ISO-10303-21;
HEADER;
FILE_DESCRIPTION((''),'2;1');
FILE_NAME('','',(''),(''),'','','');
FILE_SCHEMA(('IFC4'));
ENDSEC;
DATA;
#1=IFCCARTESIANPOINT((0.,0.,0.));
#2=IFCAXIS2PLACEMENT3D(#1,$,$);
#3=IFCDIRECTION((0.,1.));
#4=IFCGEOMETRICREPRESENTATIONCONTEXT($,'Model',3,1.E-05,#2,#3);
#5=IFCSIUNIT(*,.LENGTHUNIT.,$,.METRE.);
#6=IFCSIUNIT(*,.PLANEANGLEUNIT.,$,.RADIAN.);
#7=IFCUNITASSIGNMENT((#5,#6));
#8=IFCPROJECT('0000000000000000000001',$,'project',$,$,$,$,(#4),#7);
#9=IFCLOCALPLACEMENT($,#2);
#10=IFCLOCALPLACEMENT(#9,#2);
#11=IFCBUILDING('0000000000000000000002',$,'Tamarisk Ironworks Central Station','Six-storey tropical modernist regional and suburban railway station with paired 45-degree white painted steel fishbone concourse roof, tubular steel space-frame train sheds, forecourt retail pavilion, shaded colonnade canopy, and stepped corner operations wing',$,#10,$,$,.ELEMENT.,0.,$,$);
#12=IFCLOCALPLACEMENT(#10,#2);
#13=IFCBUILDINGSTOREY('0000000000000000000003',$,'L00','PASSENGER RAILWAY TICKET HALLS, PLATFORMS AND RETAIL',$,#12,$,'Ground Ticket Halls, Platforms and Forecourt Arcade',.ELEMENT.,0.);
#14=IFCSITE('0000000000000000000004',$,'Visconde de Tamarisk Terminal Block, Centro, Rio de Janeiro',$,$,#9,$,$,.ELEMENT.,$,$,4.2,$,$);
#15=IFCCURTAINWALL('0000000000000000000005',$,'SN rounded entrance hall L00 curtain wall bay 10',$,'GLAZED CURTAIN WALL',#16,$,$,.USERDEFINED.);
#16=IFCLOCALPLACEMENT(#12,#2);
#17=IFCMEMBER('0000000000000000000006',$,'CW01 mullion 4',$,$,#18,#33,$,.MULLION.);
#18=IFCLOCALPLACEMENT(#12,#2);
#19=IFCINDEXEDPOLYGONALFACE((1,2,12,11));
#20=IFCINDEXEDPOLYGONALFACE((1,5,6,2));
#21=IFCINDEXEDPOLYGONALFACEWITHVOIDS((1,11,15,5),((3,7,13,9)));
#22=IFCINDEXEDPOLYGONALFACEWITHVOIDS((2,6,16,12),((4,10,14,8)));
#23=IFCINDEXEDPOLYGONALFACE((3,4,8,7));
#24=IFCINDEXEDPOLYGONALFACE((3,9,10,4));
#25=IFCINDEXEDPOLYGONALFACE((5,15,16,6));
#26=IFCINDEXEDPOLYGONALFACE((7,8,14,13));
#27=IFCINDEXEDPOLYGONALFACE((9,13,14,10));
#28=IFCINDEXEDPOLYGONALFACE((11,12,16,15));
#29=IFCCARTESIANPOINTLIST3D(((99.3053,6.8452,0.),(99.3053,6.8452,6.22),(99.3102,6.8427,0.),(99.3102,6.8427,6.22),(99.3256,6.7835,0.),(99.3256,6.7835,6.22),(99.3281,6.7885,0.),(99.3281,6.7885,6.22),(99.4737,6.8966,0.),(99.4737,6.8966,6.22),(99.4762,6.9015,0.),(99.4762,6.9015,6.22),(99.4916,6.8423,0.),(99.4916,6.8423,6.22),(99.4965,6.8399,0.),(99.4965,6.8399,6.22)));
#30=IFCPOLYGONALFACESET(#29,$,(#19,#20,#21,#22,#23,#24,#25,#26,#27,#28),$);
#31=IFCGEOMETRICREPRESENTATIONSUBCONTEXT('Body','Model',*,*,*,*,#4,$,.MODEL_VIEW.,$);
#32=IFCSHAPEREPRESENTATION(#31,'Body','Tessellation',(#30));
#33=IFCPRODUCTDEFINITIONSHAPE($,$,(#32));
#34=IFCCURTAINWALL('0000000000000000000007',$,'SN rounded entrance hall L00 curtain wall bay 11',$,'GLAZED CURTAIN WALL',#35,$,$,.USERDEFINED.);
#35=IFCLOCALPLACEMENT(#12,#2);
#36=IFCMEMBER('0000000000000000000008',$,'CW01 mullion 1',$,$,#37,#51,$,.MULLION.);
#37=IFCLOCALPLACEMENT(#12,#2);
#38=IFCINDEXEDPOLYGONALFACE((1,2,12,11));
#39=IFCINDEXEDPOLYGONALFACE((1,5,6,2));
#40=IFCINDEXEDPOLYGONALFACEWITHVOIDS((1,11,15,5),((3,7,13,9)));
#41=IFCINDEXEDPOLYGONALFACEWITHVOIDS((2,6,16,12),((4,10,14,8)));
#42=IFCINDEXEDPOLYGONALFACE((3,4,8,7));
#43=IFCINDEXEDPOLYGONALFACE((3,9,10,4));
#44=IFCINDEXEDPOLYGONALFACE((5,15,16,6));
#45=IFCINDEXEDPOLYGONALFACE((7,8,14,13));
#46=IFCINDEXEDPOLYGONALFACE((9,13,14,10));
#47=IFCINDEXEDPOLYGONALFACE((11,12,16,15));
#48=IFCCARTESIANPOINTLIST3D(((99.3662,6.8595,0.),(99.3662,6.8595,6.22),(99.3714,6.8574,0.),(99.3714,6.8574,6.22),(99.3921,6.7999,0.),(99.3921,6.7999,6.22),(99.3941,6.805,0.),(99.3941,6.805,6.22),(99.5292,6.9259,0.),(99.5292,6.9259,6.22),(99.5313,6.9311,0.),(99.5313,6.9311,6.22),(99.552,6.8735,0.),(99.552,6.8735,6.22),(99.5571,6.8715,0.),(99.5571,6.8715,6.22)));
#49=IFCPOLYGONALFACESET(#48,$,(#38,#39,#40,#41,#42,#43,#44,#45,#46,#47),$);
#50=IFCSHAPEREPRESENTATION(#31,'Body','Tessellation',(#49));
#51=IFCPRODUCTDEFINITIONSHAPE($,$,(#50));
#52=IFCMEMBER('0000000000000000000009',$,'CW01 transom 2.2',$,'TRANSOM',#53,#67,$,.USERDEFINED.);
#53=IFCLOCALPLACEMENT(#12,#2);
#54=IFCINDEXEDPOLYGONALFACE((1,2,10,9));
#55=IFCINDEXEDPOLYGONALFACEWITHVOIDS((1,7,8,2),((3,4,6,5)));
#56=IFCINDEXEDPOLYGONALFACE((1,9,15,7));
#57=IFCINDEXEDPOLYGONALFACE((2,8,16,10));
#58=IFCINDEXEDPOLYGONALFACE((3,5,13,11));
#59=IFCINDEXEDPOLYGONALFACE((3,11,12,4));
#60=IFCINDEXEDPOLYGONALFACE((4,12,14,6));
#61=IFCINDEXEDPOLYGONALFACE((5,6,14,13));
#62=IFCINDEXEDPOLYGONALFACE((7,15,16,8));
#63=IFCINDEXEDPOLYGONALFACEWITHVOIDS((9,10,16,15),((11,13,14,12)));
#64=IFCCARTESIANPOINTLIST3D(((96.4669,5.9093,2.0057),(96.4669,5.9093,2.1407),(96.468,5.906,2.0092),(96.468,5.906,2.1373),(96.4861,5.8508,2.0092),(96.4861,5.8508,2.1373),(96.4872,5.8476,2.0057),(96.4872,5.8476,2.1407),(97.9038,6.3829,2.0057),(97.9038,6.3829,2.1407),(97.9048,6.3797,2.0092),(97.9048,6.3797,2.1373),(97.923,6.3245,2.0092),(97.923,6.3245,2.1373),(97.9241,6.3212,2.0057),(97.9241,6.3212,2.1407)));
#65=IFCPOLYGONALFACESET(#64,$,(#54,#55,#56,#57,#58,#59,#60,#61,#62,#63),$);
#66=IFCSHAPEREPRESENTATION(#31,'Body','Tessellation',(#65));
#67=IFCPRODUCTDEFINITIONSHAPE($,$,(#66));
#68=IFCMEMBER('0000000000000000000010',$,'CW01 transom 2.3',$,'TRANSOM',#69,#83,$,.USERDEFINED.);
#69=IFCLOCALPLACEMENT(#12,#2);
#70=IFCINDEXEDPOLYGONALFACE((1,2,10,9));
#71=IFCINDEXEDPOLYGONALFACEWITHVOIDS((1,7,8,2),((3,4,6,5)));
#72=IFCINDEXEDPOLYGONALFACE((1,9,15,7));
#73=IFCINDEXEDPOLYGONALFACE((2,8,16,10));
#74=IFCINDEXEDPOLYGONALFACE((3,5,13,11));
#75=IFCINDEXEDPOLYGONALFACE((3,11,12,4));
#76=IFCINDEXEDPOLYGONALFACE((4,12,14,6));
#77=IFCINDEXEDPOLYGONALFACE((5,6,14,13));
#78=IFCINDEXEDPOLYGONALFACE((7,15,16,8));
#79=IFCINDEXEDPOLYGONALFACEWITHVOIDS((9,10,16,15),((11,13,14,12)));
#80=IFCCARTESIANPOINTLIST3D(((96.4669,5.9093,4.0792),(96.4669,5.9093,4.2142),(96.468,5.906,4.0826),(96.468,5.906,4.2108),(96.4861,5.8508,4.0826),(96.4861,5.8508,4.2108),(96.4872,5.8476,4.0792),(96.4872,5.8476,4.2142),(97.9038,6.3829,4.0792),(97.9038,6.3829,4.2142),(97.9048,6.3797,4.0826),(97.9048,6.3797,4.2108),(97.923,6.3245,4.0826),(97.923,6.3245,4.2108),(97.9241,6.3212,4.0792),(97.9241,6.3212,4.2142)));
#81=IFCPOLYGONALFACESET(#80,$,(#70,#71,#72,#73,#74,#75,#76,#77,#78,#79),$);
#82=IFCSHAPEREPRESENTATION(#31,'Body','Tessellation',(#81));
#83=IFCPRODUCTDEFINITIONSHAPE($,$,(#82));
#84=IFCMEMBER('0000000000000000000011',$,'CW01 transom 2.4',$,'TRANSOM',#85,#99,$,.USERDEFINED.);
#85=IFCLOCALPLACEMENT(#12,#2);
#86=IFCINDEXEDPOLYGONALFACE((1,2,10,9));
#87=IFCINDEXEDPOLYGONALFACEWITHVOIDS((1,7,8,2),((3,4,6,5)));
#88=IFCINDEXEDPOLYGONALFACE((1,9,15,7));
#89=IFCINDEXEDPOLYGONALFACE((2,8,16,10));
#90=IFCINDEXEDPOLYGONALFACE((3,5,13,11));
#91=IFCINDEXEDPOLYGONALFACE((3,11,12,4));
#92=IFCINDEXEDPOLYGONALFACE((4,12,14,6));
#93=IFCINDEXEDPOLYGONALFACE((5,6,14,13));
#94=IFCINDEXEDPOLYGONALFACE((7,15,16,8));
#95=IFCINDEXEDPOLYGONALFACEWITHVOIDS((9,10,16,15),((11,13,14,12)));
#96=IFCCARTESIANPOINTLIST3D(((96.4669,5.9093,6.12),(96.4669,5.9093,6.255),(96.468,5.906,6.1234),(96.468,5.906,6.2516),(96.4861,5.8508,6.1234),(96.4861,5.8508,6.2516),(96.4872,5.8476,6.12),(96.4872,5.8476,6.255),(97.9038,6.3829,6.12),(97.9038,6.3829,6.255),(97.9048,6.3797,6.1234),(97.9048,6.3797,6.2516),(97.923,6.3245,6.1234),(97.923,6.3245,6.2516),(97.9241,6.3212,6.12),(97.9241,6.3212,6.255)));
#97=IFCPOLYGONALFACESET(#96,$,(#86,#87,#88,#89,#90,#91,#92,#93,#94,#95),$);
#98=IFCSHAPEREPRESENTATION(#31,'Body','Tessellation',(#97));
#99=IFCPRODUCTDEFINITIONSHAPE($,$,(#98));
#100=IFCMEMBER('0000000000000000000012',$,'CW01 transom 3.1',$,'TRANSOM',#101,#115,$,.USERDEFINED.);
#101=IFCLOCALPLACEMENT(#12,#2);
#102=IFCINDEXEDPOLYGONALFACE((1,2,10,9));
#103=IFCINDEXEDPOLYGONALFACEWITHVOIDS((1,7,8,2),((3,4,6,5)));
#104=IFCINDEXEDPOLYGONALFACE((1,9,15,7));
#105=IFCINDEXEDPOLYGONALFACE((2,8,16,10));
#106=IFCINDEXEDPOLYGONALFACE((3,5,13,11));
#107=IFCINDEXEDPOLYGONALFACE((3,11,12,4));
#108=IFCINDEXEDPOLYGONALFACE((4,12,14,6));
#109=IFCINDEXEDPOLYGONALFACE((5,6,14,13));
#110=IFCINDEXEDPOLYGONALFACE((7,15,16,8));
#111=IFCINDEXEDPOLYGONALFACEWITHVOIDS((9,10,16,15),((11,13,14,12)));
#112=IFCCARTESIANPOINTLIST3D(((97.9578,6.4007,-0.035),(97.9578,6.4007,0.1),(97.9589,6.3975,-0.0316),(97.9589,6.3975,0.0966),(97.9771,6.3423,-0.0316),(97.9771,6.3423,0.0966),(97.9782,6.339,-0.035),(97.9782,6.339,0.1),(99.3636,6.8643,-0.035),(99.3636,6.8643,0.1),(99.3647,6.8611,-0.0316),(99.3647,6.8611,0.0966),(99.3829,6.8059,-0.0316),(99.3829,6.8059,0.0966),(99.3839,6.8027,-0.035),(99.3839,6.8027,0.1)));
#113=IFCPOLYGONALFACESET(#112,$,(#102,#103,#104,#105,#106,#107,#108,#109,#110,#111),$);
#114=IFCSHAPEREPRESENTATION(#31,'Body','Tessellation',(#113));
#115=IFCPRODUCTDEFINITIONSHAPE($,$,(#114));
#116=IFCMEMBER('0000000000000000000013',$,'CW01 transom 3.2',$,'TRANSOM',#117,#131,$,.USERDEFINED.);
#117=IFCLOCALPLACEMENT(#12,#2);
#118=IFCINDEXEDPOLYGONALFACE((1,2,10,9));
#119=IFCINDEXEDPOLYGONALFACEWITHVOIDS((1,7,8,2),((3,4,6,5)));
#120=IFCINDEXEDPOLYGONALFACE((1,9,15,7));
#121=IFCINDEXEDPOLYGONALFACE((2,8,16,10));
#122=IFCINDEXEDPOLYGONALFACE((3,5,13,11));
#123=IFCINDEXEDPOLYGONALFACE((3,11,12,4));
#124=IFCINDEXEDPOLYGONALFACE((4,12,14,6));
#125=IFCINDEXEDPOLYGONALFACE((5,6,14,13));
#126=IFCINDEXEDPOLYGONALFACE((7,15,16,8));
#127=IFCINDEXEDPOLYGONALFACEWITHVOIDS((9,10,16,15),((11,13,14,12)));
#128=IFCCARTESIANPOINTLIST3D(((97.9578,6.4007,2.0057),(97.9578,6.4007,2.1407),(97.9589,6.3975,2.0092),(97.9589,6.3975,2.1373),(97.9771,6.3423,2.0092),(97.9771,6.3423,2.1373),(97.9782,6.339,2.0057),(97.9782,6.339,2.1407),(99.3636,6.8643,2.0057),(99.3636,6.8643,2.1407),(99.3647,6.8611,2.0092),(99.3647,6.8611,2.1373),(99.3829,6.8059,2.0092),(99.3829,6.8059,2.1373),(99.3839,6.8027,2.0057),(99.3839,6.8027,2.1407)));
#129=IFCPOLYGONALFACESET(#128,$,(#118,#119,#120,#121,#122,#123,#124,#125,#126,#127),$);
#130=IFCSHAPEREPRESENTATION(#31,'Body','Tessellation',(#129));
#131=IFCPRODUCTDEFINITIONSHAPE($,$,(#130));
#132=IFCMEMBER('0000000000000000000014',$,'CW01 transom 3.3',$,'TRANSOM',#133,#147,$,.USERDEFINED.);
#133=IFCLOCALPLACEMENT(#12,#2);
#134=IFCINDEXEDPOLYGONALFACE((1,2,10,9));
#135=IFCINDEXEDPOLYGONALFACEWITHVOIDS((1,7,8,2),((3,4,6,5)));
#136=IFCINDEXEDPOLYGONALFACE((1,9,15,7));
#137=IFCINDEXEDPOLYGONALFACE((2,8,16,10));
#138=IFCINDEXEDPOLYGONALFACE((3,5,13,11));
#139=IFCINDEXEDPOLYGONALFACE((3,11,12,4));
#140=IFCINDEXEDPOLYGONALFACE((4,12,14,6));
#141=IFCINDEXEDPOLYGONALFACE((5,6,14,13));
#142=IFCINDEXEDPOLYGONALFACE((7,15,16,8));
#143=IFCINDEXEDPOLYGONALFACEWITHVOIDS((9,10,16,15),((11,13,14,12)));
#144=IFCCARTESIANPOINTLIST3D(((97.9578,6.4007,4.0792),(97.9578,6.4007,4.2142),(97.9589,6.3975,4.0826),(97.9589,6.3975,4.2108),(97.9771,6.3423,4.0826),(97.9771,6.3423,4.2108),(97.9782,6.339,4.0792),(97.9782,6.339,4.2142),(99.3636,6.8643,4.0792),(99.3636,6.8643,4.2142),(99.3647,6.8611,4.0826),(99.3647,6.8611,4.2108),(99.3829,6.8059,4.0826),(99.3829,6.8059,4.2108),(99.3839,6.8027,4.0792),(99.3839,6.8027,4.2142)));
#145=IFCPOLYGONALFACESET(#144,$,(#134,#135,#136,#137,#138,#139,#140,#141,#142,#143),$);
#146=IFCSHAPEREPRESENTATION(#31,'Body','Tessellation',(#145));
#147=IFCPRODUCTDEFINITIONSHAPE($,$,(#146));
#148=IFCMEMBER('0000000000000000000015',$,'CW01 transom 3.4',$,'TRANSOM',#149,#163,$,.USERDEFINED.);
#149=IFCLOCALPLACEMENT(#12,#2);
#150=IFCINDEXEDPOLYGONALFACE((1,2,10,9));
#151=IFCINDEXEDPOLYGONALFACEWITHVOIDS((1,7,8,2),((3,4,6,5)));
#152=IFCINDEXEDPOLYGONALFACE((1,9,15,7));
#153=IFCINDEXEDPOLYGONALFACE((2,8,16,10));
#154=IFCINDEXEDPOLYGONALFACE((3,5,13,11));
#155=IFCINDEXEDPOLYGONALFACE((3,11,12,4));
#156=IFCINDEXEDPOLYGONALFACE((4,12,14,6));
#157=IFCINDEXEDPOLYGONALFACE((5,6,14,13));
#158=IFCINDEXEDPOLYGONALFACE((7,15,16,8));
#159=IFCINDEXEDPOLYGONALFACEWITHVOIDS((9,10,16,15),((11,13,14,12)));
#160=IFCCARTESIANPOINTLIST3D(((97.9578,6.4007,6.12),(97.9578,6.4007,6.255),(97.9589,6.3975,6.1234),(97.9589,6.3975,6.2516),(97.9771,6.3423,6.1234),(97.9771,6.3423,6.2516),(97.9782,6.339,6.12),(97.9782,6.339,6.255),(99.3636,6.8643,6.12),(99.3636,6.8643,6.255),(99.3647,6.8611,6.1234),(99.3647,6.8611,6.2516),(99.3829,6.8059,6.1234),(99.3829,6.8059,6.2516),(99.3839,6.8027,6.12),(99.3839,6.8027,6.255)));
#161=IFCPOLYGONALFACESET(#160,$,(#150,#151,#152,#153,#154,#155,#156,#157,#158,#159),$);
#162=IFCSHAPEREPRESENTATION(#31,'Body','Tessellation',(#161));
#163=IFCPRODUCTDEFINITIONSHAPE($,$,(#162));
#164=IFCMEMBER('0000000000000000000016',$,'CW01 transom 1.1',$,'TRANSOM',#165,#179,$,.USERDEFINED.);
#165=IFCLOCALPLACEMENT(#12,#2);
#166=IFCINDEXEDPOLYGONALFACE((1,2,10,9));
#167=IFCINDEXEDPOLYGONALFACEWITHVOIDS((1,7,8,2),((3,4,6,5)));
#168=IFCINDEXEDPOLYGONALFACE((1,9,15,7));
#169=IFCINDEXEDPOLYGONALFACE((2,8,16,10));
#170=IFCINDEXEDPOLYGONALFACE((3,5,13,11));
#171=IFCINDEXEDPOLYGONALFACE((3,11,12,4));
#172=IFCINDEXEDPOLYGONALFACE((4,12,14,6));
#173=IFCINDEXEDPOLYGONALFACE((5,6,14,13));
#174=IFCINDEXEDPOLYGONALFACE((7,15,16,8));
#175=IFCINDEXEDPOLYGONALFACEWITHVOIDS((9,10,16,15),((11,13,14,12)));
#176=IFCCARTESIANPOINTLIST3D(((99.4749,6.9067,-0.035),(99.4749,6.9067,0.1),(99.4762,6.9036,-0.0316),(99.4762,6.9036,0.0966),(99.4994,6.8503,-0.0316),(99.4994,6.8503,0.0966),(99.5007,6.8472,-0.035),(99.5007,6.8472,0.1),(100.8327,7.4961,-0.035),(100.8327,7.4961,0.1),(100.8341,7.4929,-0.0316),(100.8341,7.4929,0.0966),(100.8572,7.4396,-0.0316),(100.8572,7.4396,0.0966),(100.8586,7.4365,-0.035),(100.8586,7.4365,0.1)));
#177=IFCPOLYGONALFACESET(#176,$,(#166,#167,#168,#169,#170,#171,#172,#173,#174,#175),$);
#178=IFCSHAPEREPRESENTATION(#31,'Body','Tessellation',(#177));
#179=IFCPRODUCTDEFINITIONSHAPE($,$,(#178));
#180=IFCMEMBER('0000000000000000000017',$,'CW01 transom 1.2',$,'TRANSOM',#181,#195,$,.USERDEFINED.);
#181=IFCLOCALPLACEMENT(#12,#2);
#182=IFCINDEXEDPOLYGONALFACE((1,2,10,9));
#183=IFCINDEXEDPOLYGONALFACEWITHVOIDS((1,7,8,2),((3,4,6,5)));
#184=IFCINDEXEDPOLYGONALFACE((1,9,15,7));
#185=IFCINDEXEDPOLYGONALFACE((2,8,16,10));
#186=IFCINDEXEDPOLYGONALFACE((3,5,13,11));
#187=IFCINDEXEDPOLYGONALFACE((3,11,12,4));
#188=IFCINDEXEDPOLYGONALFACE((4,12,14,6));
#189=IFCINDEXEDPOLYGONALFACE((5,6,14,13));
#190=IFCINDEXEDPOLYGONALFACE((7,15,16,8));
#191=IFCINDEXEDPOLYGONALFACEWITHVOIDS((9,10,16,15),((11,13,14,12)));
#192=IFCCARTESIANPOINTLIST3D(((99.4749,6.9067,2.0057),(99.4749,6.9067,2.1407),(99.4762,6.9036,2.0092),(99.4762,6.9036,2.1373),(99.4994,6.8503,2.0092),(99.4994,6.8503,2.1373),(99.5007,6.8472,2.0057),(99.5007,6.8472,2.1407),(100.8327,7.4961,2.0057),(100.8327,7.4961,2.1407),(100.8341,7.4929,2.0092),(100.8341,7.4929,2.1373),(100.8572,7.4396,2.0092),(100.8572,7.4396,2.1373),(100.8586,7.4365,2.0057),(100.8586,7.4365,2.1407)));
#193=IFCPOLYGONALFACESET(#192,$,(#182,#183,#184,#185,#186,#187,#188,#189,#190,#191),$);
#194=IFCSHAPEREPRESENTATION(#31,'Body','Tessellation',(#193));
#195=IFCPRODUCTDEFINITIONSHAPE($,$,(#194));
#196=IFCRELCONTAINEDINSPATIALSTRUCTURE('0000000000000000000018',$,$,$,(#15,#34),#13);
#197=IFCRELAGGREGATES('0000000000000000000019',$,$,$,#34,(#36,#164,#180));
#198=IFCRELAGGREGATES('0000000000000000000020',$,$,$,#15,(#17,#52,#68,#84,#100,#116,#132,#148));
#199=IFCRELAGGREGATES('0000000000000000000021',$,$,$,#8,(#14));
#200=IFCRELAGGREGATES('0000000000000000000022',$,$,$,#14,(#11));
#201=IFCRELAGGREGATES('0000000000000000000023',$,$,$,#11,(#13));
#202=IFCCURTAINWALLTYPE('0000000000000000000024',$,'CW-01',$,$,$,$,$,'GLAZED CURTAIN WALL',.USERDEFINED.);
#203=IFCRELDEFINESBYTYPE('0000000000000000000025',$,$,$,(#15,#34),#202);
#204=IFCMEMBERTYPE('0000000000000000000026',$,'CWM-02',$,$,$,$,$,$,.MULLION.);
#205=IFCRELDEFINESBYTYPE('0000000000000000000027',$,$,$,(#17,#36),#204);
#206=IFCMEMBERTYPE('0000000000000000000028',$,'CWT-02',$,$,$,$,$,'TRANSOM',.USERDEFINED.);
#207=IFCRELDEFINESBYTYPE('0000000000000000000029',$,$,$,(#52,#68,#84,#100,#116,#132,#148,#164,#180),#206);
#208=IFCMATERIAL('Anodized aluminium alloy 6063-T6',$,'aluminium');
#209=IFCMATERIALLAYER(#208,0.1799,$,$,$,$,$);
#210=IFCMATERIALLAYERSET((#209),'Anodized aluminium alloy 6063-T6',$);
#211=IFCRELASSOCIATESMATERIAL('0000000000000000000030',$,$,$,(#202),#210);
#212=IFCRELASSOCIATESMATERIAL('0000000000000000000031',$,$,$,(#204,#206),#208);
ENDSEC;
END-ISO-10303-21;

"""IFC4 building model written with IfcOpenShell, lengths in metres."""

from ifc_helpers import new_model, si_unit, direction, frame, origin, origin_2d, place, context, subcontext, project, spatial, hollow_rectangle, extrude, material, layer, layer_set, material_profile, profile_set, type_object, element, aggregate, save


model = new_model("IFC4")

# Units and contexts
model_context = context("Model", 3, precision=1e-05, world=origin(), true_north=direction((0.0, 1.0)))
body_context = subcontext(model_context, "Body", "Model", "MODEL_VIEW")
ifc_project = project(units=[si_unit("LENGTHUNIT", "METRE"), si_unit("PLANEANGLEUNIT", "RADIAN")], contexts=[model_context])

# Site, building, storey
site_placement = place(None, origin())
site = spatial("IfcSite", under=ifc_project, at=site_placement, Name="Visconde de Tamarisk Terminal Block, Centro, Rio de Janeiro", CompositionType="ELEMENT", RefElevation=4.2)
building_placement = place(site_placement, origin())
building = spatial("IfcBuilding", under=site, at=building_placement, Name="Tamarisk Ironworks Central Station", Description="Six-storey tropical modernist regional and suburban railway station with paired 45-degree white painted steel fishbone concourse roof, tubular steel space-frame train sheds, forecourt retail pavilion, shaded colonnade canopy, and stepped corner operations wing", CompositionType="ELEMENT", ElevationOfRefHeight=0.0)
storey_placement = place(building_placement, origin())
storey = spatial("IfcBuildingStorey", under=building, at=storey_placement, Name="L00", Description="PASSENGER RAILWAY TICKET HALLS, PLATFORMS AND RETAIL", LongName="Ground Ticket Halls, Platforms and Forecourt Arcade", CompositionType="ELEMENT", Elevation=0.0)

# Curtain wall, member
ifc_material_1 = material(Name="Anodized aluminium alloy 6063-T6", Category="aluminium")
ifc_layer_1 = layer(ifc_material_1, 0.1799)
ifc_layer_set_1 = layer_set([ifc_layer_1], Name="Anodized aluminium alloy 6063-T6")
curtain_wall_type = type_object("IfcCurtainWallType", Name="CW-01", ElementType="GLAZED CURTAIN WALL", PredefinedType="USERDEFINED", material=ifc_layer_set_1)
curtain_wall_1_placement = place(storey_placement, origin())
curtain_wall_1 = element("IfcCurtainWall", 1, at=curtain_wall_1_placement, inside=storey, type_object=curtain_wall_type, Name="SN rounded entrance hall L00 curtain wall bay 10", ObjectType="GLAZED CURTAIN WALL", PredefinedType="USERDEFINED")
ifc_material_profile_1 = material_profile(ifc_material_1, hollow_rectangle(XDim=0.0649, YDim=0.1799, WallThickness=0.0039, at=origin_2d()), Name="ALUM 180x65")
ifc_profile_set_1 = profile_set([ifc_material_profile_1], Name="Anodized aluminium alloy 6063-T6")
member_type_1 = type_object("IfcMemberType", Name="CWM-02", PredefinedType="MULLION", material=ifc_profile_set_1)
member_1_placement = place(storey_placement, frame((99.4009, 6.8425, 0.0), z_axis=(0.0, 0.0, 1.0), x_axis=(-0.313098, 0.949721, 0.0)))
member_1 = element("IfcMember", 2, at=member_1_placement, type_object=member_type_1, Name="CW01 mullion 4", PredefinedType="MULLION", context=body_context, shape_type="SweptSolid", body=[
    extrude(hollow_rectangle(XDim=0.0649, YDim=0.1799, WallThickness=0.0039, at=origin_2d()), origin(), (0.0, 0.0, 1.0), 6.22),
])

# Curtain wall, member
curtain_wall_2_placement = place(storey_placement, origin())
curtain_wall_2 = element("IfcCurtainWall", 3, at=curtain_wall_2_placement, inside=storey, type_object=curtain_wall_type, Name="SN rounded entrance hall L00 curtain wall bay 11", ObjectType="GLAZED CURTAIN WALL", PredefinedType="USERDEFINED")
member_2_placement = place(storey_placement, frame((99.4617, 6.8655, 0.0), z_axis=(0.0, 0.0, 1.0), x_axis=(-0.398077, 0.917352, 0.0)))
member_2 = element("IfcMember", 4, at=member_2_placement, type_object=member_type_1, Name="CW01 mullion 1", PredefinedType="MULLION", context=body_context, shape_type="SweptSolid", body=[
    extrude(hollow_rectangle(XDim=0.0649, YDim=0.1799, WallThickness=0.0039, at=origin_2d()), origin(), (0.0, 0.0, 1.0), 6.22),
])

# Members
ifc_material_profile_2 = material_profile(ifc_material_1, hollow_rectangle(XDim=0.0649, YDim=0.135, WallThickness=0.0034, at=origin_2d()), Name="ALUM 135x65")
ifc_profile_set_2 = profile_set([ifc_material_profile_2], Name="Anodized aluminium alloy 6063-T6")
member_type_2 = type_object("IfcMemberType", Name="CWT-02", ElementType="TRANSOM", PredefinedType="USERDEFINED", material=ifc_profile_set_2)
member_3_placement = place(storey_placement, frame((96.4771, 5.8784, 2.0732), z_axis=(0.949727, 0.313079, 0.0), x_axis=(-0.313079, 0.949727, 0.0)))
member_3 = element("IfcMember", 5, at=member_3_placement, type_object=member_type_2, Name="CW01 transom 2.2", ObjectType="TRANSOM", PredefinedType="USERDEFINED", context=body_context, shape_type="SweptSolid", body=[
    extrude(hollow_rectangle(XDim=0.0649, YDim=0.135, WallThickness=0.0034, at=origin_2d()), origin(), (0.0, 0.0, 1.0), 1.5129),
])
member_4_placement = place(storey_placement, frame((96.4771, 5.8784, 4.1467), z_axis=(0.949727, 0.313079, 0.0), x_axis=(-0.313079, 0.949727, 0.0)))
member_4 = element("IfcMember", 6, at=member_4_placement, type_object=member_type_2, Name="CW01 transom 2.3", ObjectType="TRANSOM", PredefinedType="USERDEFINED", context=body_context, shape_type="SweptSolid", body=[
    extrude(hollow_rectangle(XDim=0.0649, YDim=0.135, WallThickness=0.0034, at=origin_2d()), origin(), (0.0, 0.0, 1.0), 1.5129),
])
member_5_placement = place(storey_placement, frame((96.4771, 5.8784, 6.1875), z_axis=(0.949727, 0.313079, 0.0), x_axis=(-0.313079, 0.949727, 0.0)))
member_5 = element("IfcMember", 7, at=member_5_placement, type_object=member_type_2, Name="CW01 transom 2.4", ObjectType="TRANSOM", PredefinedType="USERDEFINED", context=body_context, shape_type="SweptSolid", body=[
    extrude(hollow_rectangle(XDim=0.0649, YDim=0.135, WallThickness=0.0034, at=origin_2d()), origin(), (0.0, 0.0, 1.0), 1.5129),
])
member_6_placement = place(storey_placement, frame((97.968, 6.3699, 0.0325), z_axis=(0.949685, 0.313208, 0.0), x_axis=(-0.313208, 0.949685, 0.0)))
member_6 = element("IfcMember", 8, at=member_6_placement, type_object=member_type_2, Name="CW01 transom 3.1", ObjectType="TRANSOM", PredefinedType="USERDEFINED", context=body_context, shape_type="SweptSolid", body=[
    extrude(hollow_rectangle(XDim=0.0649, YDim=0.135, WallThickness=0.0034, at=origin_2d()), origin(), (0.0, 0.0, 1.0), 1.4802),
])
member_7_placement = place(storey_placement, frame((97.968, 6.3699, 2.0732), z_axis=(0.949685, 0.313208, 0.0), x_axis=(-0.313208, 0.949685, 0.0)))
member_7 = element("IfcMember", 9, at=member_7_placement, type_object=member_type_2, Name="CW01 transom 3.2", ObjectType="TRANSOM", PredefinedType="USERDEFINED", context=body_context, shape_type="SweptSolid", body=[
    extrude(hollow_rectangle(XDim=0.0649, YDim=0.135, WallThickness=0.0034, at=origin_2d()), origin(), (0.0, 0.0, 1.0), 1.4802),
])
member_8_placement = place(storey_placement, frame((97.968, 6.3699, 4.1467), z_axis=(0.949685, 0.313208, 0.0), x_axis=(-0.313208, 0.949685, 0.0)))
member_8 = element("IfcMember", 10, at=member_8_placement, type_object=member_type_2, Name="CW01 transom 3.3", ObjectType="TRANSOM", PredefinedType="USERDEFINED", context=body_context, shape_type="SweptSolid", body=[
    extrude(hollow_rectangle(XDim=0.0649, YDim=0.135, WallThickness=0.0034, at=origin_2d()), origin(), (0.0, 0.0, 1.0), 1.4802),
])
member_9_placement = place(storey_placement, frame((97.968, 6.3699, 6.1875), z_axis=(0.949685, 0.313208, 0.0), x_axis=(-0.313208, 0.949685, 0.0)))
member_9 = element("IfcMember", 11, at=member_9_placement, type_object=member_type_2, Name="CW01 transom 3.4", ObjectType="TRANSOM", PredefinedType="USERDEFINED", context=body_context, shape_type="SweptSolid", body=[
    extrude(hollow_rectangle(XDim=0.0649, YDim=0.135, WallThickness=0.0034, at=origin_2d()), origin(), (0.0, 0.0, 1.0), 1.4802),
])
member_10_placement = place(storey_placement, frame((99.4878, 6.877, 0.0325), z_axis=(0.917327, 0.398135, 0.0), x_axis=(-0.398135, 0.917327, 0.0)))
member_10 = element("IfcMember", 12, at=member_10_placement, type_object=member_type_2, Name="CW01 transom 1.1", ObjectType="TRANSOM", PredefinedType="USERDEFINED", context=body_context, shape_type="SweptSolid", body=[
    extrude(hollow_rectangle(XDim=0.0649, YDim=0.135, WallThickness=0.0034, at=origin_2d()), origin(), (0.0, 0.0, 1.0), 1.4802),
])
member_11_placement = place(storey_placement, frame((99.4878, 6.877, 2.0732), z_axis=(0.917327, 0.398135, 0.0), x_axis=(-0.398135, 0.917327, 0.0)))
member_11 = element("IfcMember", 13, at=member_11_placement, type_object=member_type_2, Name="CW01 transom 1.2", ObjectType="TRANSOM", PredefinedType="USERDEFINED", context=body_context, shape_type="SweptSolid", body=[
    extrude(hollow_rectangle(XDim=0.0649, YDim=0.135, WallThickness=0.0034, at=origin_2d()), origin(), (0.0, 0.0, 1.0), 1.4802),
])
aggregate(curtain_wall_2, [member_2, member_10, member_11])

aggregate(curtain_wall_1, [member_1, member_3, member_4, member_5, member_6, member_7, member_8, member_9])

save(model, "model.ifc")
